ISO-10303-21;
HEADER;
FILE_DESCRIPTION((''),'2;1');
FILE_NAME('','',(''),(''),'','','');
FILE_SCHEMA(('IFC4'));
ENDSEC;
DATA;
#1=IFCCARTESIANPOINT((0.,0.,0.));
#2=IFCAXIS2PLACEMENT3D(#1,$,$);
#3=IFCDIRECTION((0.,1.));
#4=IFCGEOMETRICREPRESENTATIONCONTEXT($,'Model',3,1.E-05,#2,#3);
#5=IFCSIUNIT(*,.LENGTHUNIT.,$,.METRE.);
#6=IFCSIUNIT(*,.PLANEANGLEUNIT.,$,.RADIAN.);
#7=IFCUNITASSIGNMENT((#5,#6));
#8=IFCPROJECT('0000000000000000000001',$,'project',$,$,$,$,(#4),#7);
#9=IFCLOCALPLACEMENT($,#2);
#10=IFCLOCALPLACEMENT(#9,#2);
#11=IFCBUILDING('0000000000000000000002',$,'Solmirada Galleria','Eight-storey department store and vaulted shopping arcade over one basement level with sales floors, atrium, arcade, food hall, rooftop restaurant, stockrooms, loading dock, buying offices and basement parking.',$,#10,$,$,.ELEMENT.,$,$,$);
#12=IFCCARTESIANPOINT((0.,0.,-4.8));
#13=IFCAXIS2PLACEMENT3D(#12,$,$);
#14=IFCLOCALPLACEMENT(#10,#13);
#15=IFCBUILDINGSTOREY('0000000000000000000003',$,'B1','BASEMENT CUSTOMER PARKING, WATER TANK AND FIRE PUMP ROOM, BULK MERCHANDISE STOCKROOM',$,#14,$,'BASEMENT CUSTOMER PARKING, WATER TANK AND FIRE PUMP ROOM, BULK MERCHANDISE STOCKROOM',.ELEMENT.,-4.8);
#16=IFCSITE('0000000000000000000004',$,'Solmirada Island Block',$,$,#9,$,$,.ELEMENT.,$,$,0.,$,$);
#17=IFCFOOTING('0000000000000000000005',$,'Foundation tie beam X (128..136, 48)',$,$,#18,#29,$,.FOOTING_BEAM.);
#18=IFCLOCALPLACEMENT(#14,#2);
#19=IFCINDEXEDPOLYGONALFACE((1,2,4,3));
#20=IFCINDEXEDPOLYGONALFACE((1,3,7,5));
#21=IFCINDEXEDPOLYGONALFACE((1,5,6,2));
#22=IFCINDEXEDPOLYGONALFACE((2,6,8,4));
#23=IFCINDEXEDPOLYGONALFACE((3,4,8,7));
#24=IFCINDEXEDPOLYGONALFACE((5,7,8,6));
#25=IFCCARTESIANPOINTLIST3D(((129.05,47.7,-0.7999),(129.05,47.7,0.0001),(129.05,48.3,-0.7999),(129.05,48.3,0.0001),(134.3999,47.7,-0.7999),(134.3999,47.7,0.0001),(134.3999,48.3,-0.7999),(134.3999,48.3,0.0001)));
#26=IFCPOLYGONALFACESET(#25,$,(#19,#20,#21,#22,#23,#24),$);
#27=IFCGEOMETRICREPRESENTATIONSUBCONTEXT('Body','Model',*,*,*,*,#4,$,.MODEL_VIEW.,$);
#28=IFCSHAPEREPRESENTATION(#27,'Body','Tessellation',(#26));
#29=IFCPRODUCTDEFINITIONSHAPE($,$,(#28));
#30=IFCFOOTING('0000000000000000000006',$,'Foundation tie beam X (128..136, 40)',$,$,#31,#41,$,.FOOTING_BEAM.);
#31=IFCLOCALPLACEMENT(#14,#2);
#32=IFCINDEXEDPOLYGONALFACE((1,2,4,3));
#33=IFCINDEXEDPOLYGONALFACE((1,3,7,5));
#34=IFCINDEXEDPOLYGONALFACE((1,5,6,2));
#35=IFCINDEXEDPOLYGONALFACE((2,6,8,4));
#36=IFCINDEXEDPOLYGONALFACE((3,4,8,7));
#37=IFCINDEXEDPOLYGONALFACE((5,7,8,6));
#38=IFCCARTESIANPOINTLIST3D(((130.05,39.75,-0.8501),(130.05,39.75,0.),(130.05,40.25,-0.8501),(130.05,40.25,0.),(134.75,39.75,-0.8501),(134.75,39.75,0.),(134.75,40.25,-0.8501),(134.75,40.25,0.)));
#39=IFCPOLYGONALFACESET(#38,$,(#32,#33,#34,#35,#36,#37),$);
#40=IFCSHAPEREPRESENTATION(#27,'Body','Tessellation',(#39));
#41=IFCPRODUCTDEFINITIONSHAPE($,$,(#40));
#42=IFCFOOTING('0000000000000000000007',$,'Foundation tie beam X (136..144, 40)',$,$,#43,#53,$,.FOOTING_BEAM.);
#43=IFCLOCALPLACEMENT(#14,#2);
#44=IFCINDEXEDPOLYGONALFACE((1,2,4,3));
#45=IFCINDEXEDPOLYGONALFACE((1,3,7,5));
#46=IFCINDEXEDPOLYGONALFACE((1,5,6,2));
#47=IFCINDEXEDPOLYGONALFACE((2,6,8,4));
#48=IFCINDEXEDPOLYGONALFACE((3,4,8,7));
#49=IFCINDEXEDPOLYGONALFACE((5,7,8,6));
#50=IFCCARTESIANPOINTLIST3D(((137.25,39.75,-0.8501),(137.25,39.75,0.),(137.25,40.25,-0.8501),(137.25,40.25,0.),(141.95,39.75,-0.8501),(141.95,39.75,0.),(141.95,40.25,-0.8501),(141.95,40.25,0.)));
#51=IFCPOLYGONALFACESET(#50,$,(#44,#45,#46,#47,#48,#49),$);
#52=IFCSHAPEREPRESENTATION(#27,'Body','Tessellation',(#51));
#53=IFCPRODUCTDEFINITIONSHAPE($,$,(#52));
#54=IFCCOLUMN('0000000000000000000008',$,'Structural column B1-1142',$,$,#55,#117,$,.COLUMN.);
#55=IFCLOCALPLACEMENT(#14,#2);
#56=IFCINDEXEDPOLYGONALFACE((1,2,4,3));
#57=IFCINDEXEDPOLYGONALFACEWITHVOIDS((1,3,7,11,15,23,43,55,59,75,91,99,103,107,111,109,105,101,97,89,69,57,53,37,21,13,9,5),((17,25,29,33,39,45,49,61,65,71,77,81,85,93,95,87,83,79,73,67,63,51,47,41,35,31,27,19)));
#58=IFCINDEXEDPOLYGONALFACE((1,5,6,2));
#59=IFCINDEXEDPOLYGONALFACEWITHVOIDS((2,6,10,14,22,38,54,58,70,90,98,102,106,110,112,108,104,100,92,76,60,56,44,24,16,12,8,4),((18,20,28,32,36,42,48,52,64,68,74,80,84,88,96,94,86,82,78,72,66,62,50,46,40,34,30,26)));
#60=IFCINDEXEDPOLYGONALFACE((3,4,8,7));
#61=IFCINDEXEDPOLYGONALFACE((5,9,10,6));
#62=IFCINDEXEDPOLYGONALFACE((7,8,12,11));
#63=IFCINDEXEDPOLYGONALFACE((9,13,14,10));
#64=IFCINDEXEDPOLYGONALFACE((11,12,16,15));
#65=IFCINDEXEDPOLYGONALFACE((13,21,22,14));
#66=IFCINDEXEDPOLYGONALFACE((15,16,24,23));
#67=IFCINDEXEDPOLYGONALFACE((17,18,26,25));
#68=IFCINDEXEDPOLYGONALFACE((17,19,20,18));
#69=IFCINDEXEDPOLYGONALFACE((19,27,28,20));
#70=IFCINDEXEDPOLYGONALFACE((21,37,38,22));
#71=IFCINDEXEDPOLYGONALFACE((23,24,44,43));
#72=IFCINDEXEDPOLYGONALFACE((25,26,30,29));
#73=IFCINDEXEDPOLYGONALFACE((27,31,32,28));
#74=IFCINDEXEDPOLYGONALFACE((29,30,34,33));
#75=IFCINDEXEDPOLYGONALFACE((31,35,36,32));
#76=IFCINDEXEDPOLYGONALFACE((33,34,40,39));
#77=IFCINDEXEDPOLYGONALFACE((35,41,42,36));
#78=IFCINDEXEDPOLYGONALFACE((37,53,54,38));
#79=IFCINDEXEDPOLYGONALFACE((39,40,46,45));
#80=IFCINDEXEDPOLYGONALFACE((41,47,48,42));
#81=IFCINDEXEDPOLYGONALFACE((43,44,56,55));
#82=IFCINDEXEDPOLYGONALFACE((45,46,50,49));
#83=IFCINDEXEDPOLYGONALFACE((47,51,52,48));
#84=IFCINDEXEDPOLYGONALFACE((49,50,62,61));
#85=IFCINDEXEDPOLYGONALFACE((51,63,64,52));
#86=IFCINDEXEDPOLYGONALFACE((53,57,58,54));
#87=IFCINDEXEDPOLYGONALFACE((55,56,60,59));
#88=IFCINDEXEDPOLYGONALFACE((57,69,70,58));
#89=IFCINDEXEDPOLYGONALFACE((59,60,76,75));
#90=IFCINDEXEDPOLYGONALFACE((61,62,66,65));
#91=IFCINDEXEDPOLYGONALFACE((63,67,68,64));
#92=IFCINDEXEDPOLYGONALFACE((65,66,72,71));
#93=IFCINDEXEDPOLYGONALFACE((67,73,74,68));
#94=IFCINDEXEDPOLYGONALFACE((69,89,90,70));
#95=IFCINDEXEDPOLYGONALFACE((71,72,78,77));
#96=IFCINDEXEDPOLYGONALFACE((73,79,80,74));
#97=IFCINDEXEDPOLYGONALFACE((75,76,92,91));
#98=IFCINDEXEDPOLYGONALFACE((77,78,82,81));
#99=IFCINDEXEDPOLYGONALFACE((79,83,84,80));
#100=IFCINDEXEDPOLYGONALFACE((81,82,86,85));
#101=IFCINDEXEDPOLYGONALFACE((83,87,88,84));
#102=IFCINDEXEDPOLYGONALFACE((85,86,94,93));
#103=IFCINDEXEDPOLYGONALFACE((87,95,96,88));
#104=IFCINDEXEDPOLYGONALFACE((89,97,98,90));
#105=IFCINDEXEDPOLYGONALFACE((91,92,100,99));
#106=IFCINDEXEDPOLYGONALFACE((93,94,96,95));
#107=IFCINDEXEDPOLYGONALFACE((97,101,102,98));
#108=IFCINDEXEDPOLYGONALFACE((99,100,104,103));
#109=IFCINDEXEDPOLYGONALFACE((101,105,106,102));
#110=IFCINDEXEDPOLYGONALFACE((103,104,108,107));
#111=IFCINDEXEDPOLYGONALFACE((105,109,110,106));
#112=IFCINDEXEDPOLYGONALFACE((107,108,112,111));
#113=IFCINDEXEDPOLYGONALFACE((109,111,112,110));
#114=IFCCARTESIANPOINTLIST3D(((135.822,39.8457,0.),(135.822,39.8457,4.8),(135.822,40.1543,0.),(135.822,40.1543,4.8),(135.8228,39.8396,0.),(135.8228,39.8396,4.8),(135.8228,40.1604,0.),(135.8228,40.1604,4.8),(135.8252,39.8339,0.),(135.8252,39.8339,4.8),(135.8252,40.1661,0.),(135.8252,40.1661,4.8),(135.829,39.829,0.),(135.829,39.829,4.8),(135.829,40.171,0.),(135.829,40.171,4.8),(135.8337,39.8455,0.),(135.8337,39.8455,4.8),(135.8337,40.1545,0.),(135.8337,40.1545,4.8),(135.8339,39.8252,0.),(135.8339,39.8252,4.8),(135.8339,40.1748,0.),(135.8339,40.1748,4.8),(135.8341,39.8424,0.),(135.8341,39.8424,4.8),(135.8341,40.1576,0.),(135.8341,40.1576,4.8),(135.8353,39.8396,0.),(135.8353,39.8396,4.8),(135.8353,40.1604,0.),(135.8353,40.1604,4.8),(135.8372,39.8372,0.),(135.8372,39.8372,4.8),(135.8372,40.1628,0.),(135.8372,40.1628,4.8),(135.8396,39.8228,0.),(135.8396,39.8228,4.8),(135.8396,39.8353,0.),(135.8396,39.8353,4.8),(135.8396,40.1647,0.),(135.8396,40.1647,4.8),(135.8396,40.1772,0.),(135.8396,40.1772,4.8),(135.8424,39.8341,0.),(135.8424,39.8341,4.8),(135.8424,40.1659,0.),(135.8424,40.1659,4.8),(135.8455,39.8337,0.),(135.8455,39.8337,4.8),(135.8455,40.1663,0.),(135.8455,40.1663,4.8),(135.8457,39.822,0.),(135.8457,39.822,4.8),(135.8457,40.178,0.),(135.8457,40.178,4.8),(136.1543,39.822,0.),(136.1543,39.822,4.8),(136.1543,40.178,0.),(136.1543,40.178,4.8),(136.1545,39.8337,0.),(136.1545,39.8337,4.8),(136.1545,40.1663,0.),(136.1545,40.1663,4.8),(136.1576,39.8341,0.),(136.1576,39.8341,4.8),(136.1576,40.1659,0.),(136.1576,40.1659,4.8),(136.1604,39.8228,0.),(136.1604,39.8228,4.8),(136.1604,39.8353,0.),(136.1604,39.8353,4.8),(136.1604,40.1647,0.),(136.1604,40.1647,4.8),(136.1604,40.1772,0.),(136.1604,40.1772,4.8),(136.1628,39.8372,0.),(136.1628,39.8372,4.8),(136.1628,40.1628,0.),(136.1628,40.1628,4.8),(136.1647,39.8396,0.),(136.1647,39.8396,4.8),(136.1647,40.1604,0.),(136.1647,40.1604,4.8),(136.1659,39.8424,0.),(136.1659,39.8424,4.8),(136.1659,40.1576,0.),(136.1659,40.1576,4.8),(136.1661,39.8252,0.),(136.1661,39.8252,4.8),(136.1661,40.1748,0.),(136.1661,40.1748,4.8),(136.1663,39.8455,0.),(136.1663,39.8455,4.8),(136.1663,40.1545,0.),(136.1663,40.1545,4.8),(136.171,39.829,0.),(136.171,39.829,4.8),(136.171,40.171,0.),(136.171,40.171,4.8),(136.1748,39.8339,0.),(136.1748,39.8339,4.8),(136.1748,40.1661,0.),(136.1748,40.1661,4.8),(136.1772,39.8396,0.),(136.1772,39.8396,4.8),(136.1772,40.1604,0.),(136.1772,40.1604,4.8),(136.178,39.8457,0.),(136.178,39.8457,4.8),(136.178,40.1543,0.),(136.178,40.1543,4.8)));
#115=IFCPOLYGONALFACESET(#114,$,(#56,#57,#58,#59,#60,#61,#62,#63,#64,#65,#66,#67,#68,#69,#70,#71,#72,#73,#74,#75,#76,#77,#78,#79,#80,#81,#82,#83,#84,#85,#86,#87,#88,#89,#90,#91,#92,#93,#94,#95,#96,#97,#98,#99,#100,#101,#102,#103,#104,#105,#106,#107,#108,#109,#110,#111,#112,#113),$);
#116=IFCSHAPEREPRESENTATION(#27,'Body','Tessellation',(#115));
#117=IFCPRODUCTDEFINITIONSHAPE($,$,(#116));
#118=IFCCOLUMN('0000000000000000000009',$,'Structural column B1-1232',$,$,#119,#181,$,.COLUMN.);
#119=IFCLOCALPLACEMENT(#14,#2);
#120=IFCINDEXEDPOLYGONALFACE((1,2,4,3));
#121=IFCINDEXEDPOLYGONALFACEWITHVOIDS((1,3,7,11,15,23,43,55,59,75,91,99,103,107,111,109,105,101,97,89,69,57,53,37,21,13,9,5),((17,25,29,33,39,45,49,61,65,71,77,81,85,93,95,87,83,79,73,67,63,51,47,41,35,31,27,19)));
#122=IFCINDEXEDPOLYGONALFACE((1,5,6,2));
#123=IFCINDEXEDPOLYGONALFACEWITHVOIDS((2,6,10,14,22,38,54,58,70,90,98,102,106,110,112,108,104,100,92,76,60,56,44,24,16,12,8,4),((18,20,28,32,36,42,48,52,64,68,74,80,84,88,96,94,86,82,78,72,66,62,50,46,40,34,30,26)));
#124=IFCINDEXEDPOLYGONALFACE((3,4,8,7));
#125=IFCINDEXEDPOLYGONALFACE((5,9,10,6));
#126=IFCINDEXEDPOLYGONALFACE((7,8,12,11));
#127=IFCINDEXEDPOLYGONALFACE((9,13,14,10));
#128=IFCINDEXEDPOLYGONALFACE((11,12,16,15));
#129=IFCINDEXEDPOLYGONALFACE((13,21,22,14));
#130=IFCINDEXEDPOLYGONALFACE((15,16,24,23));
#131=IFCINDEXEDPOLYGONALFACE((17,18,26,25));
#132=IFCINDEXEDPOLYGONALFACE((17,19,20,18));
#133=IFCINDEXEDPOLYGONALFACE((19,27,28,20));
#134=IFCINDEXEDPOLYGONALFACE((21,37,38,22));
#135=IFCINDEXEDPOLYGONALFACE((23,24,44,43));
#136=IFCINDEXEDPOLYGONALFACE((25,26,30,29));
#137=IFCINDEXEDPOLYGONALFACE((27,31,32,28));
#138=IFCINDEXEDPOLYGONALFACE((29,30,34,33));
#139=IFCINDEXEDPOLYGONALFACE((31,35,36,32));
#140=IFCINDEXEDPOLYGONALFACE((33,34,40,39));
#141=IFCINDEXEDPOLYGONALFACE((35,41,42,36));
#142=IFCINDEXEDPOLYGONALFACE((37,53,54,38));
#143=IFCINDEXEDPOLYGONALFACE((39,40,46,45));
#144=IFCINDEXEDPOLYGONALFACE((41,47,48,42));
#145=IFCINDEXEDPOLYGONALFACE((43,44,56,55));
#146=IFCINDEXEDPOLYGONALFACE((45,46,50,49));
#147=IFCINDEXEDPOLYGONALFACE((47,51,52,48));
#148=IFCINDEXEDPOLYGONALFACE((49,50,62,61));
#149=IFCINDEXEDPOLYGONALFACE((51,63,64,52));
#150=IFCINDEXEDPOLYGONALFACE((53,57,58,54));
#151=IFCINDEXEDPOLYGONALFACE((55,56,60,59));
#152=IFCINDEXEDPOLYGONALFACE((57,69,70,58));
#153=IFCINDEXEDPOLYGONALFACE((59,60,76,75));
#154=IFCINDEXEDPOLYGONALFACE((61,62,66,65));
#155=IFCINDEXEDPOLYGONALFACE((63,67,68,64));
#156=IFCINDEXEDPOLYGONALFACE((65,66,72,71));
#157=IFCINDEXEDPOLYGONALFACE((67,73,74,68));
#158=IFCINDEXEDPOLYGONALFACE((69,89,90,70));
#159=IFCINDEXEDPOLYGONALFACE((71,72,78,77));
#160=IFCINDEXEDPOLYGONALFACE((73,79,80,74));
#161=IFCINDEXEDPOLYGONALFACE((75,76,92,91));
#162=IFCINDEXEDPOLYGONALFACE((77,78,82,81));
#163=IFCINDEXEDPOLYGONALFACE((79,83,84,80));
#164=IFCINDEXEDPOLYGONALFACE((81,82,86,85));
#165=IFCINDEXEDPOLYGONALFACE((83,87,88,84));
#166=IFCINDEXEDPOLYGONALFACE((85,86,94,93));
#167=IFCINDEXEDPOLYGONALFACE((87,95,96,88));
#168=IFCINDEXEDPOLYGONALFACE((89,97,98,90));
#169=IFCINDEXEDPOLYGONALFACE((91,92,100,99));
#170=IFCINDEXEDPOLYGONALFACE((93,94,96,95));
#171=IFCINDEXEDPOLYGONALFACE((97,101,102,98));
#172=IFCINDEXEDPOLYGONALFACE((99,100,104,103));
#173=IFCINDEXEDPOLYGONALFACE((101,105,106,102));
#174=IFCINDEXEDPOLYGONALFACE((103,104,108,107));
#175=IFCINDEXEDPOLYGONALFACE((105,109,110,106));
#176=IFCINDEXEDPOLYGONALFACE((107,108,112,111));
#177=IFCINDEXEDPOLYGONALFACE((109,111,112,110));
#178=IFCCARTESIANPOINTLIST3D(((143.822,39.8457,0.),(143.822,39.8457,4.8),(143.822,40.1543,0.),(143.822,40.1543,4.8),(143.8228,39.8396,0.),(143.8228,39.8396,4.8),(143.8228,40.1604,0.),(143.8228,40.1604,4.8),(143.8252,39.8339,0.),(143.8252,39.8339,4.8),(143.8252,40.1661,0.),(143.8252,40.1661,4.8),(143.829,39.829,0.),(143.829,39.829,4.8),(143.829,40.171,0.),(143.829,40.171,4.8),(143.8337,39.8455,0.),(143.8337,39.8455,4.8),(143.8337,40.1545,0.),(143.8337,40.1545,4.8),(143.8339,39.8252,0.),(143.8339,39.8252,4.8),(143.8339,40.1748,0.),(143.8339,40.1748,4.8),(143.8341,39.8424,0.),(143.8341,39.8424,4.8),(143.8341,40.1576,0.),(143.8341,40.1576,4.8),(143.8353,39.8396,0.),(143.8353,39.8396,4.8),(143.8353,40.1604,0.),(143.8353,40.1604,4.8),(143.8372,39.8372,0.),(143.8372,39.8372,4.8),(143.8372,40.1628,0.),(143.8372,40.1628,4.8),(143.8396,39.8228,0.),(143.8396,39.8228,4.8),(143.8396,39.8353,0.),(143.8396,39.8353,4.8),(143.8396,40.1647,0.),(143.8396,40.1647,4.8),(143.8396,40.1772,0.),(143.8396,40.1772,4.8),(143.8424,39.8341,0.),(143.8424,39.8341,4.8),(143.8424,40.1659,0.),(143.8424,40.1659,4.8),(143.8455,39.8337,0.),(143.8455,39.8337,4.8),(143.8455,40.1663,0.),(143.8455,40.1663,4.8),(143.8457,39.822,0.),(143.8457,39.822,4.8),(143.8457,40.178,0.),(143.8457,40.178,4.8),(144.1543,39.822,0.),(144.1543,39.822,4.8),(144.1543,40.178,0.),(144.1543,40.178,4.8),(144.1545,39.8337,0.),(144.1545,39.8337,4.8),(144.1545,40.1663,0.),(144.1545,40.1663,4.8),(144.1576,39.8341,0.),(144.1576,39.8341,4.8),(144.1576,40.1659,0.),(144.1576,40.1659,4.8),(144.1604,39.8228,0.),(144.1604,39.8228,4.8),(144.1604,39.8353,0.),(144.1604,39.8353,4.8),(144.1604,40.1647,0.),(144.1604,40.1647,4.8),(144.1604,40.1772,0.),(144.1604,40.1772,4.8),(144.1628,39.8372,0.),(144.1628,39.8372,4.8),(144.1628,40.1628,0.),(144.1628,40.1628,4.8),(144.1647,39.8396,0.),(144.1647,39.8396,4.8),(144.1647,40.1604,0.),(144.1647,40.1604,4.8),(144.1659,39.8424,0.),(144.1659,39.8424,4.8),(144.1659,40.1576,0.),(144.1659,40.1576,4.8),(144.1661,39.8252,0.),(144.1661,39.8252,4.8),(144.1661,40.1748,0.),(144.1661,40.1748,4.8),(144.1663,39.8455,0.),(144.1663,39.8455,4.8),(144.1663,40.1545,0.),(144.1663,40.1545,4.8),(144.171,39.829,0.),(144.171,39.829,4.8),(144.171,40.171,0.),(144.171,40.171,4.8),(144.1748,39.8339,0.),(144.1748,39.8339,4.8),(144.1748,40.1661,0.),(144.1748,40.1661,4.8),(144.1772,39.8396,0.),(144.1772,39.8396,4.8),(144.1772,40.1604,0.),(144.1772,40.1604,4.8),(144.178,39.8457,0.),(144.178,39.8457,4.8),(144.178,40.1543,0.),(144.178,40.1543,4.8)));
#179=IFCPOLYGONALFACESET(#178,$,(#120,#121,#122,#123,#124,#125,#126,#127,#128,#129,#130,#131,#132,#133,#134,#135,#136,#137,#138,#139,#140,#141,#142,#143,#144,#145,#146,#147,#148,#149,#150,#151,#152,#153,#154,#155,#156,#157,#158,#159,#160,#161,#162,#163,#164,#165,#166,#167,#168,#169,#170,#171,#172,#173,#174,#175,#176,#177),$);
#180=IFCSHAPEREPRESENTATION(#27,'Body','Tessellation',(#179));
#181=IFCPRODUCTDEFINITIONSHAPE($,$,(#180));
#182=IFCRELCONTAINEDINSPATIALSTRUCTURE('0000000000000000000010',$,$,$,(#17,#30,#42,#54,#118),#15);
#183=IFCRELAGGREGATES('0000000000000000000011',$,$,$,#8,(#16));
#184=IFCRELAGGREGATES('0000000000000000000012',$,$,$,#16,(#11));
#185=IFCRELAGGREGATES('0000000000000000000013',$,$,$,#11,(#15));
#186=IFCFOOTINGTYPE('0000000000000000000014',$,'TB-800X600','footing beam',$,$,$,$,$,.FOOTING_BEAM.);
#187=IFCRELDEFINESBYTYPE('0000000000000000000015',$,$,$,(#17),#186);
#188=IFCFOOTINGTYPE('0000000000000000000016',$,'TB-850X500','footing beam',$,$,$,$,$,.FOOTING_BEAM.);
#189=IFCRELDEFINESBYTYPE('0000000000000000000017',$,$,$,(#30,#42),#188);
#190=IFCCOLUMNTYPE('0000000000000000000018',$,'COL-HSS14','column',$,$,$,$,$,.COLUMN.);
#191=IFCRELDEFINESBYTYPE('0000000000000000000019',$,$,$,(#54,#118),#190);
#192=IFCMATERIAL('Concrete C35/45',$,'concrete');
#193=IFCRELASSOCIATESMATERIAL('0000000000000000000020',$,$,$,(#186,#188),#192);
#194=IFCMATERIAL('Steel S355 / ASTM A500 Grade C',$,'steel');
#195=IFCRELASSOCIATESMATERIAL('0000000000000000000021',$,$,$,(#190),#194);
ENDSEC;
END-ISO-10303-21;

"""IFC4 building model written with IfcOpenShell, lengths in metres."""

from ifc_helpers import new_model, si_unit, direction, frame, origin, origin_2d, place, context, subcontext, project, spatial, rectangle, hollow_rectangle, extrude, material, material_profile, profile_set, type_object, element, save


model = new_model("IFC4")

# Units and contexts
model_context = context("Model", 3, precision=1e-05, world=origin(), true_north=direction((0.0, 1.0)))
body_context = subcontext(model_context, "Body", "Model", "MODEL_VIEW")
ifc_project = project(units=[si_unit("LENGTHUNIT", "METRE"), si_unit("PLANEANGLEUNIT", "RADIAN")], contexts=[model_context])

# Site, building, storey
site_placement = place(None, origin())
site = spatial("IfcSite", under=ifc_project, at=site_placement, Name="Solmirada Island Block", CompositionType="ELEMENT", RefElevation=0.0)
building_placement = place(site_placement, origin())
building = spatial("IfcBuilding", under=site, at=building_placement, Name="Solmirada Galleria", Description="Eight-storey department store and vaulted shopping arcade over one basement level with sales floors, atrium, arcade, food hall, rooftop restaurant, stockrooms, loading dock, buying offices and basement parking.", CompositionType="ELEMENT")
storey_placement = place(building_placement, frame((0.0, 0.0, -4.8)))
storey = spatial("IfcBuildingStorey", under=building, at=storey_placement, Name="B1", Description="BASEMENT CUSTOMER PARKING, WATER TANK AND FIRE PUMP ROOM, BULK MERCHANDISE STOCKROOM", LongName="BASEMENT CUSTOMER PARKING, WATER TANK AND FIRE PUMP ROOM, BULK MERCHANDISE STOCKROOM", CompositionType="ELEMENT", Elevation=-4.8)

# Shared definitions
ifc_material_1 = material(Name="Concrete C35/45", Category="concrete")

# Footings
ifc_material_profile_1 = material_profile(ifc_material_1, rectangle(XDim=0.6001, YDim=0.8, at=origin_2d()), Name="RC800X600")
ifc_profile_set_1 = profile_set([ifc_material_profile_1], Name="Concrete C35/45")
footing_type_1 = type_object("IfcFootingType", Name="TB-800X600", Description="footing beam", PredefinedType="FOOTING_BEAM", material=ifc_profile_set_1)
footing_1_placement = place(storey_placement, frame((129.05, 48.0, -0.3999), z_axis=(1.0, 0.0, 0.0), x_axis=(0.0, 1.0, 0.0)))
element("IfcFooting", 1, at=footing_1_placement, inside=storey, type_object=footing_type_1, Name="Foundation tie beam X (128..136, 48)", PredefinedType="FOOTING_BEAM", context=body_context, shape_type="SweptSolid", body=[
    extrude(rectangle(XDim=0.6001, YDim=0.8, at=origin_2d()), origin(), (0.0, 0.0, 1.0), 5.3499),
])
ifc_material_profile_2 = material_profile(ifc_material_1, rectangle(XDim=0.5, YDim=0.8501, at=origin_2d()), Name="RC850X500")
ifc_profile_set_2 = profile_set([ifc_material_profile_2], Name="Concrete C35/45")
footing_type_2 = type_object("IfcFootingType", Name="TB-850X500", Description="footing beam", PredefinedType="FOOTING_BEAM", material=ifc_profile_set_2)
for number, where, z_axis, x_axis, name in (
    (2, (130.05, 40.0, -0.425), (1.0, 0.0, 0.0), (0.0, 1.0, 0.0), "Foundation tie beam X (128..136, 40)"),
    (3, (137.25, 40.0, -0.425), (1.0, 0.0, 0.0), (0.0, 1.0, 0.0), "Foundation tie beam X (136..144, 40)"),
):
    element("IfcFooting", number, at=place(storey_placement, frame(where, z_axis=z_axis, x_axis=x_axis)), inside=storey, type_object=footing_type_2, Name=name, PredefinedType="FOOTING_BEAM", context=body_context, shape_type="SweptSolid", body=[
        extrude(rectangle(XDim=0.5, YDim=0.8501, at=origin_2d()), origin(), (0.0, 0.0, 1.0), 4.7),
    ])

# Columns
ifc_material_2 = material(Name="Steel S355 / ASTM A500 Grade C", Category="steel")
ifc_material_profile_3 = material_profile(ifc_material_2, hollow_rectangle(XDim=0.356, YDim=0.356, WallThickness=0.0117, InnerFilletRadius=0.0117, OuterFilletRadius=0.0237, at=origin_2d()), Name="HSS14X14X1/2")
ifc_profile_set_3 = profile_set([ifc_material_profile_3], Name="Steel S355 / ASTM A500 Grade C")
column_type = type_object("IfcColumnType", Name="COL-HSS14", Description="column", PredefinedType="COLUMN", material=ifc_profile_set_3)
for number, where, z_axis, x_axis, name in (
    (4, (136.0, 40.0, 0.0), (0.0, 0.0, 1.0), (1.0, 0.0, 0.0), "Structural column B1-1142"),
    (5, (144.0, 40.0, 0.0), (0.0, 0.0, 1.0), (1.0, 0.0, 0.0), "Structural column B1-1232"),
):
    element("IfcColumn", number, at=place(storey_placement, frame(where, z_axis=z_axis, x_axis=x_axis)), inside=storey, type_object=column_type, Name=name, PredefinedType="COLUMN", context=body_context, shape_type="SweptSolid", body=[
        extrude(hollow_rectangle(XDim=0.356, YDim=0.356, WallThickness=0.0117, InnerFilletRadius=0.0117, OuterFilletRadius=0.0237, at=origin_2d()), origin(), (0.0, 0.0, 1.0), 4.8),
    ])

save(model, "model.ifc")
